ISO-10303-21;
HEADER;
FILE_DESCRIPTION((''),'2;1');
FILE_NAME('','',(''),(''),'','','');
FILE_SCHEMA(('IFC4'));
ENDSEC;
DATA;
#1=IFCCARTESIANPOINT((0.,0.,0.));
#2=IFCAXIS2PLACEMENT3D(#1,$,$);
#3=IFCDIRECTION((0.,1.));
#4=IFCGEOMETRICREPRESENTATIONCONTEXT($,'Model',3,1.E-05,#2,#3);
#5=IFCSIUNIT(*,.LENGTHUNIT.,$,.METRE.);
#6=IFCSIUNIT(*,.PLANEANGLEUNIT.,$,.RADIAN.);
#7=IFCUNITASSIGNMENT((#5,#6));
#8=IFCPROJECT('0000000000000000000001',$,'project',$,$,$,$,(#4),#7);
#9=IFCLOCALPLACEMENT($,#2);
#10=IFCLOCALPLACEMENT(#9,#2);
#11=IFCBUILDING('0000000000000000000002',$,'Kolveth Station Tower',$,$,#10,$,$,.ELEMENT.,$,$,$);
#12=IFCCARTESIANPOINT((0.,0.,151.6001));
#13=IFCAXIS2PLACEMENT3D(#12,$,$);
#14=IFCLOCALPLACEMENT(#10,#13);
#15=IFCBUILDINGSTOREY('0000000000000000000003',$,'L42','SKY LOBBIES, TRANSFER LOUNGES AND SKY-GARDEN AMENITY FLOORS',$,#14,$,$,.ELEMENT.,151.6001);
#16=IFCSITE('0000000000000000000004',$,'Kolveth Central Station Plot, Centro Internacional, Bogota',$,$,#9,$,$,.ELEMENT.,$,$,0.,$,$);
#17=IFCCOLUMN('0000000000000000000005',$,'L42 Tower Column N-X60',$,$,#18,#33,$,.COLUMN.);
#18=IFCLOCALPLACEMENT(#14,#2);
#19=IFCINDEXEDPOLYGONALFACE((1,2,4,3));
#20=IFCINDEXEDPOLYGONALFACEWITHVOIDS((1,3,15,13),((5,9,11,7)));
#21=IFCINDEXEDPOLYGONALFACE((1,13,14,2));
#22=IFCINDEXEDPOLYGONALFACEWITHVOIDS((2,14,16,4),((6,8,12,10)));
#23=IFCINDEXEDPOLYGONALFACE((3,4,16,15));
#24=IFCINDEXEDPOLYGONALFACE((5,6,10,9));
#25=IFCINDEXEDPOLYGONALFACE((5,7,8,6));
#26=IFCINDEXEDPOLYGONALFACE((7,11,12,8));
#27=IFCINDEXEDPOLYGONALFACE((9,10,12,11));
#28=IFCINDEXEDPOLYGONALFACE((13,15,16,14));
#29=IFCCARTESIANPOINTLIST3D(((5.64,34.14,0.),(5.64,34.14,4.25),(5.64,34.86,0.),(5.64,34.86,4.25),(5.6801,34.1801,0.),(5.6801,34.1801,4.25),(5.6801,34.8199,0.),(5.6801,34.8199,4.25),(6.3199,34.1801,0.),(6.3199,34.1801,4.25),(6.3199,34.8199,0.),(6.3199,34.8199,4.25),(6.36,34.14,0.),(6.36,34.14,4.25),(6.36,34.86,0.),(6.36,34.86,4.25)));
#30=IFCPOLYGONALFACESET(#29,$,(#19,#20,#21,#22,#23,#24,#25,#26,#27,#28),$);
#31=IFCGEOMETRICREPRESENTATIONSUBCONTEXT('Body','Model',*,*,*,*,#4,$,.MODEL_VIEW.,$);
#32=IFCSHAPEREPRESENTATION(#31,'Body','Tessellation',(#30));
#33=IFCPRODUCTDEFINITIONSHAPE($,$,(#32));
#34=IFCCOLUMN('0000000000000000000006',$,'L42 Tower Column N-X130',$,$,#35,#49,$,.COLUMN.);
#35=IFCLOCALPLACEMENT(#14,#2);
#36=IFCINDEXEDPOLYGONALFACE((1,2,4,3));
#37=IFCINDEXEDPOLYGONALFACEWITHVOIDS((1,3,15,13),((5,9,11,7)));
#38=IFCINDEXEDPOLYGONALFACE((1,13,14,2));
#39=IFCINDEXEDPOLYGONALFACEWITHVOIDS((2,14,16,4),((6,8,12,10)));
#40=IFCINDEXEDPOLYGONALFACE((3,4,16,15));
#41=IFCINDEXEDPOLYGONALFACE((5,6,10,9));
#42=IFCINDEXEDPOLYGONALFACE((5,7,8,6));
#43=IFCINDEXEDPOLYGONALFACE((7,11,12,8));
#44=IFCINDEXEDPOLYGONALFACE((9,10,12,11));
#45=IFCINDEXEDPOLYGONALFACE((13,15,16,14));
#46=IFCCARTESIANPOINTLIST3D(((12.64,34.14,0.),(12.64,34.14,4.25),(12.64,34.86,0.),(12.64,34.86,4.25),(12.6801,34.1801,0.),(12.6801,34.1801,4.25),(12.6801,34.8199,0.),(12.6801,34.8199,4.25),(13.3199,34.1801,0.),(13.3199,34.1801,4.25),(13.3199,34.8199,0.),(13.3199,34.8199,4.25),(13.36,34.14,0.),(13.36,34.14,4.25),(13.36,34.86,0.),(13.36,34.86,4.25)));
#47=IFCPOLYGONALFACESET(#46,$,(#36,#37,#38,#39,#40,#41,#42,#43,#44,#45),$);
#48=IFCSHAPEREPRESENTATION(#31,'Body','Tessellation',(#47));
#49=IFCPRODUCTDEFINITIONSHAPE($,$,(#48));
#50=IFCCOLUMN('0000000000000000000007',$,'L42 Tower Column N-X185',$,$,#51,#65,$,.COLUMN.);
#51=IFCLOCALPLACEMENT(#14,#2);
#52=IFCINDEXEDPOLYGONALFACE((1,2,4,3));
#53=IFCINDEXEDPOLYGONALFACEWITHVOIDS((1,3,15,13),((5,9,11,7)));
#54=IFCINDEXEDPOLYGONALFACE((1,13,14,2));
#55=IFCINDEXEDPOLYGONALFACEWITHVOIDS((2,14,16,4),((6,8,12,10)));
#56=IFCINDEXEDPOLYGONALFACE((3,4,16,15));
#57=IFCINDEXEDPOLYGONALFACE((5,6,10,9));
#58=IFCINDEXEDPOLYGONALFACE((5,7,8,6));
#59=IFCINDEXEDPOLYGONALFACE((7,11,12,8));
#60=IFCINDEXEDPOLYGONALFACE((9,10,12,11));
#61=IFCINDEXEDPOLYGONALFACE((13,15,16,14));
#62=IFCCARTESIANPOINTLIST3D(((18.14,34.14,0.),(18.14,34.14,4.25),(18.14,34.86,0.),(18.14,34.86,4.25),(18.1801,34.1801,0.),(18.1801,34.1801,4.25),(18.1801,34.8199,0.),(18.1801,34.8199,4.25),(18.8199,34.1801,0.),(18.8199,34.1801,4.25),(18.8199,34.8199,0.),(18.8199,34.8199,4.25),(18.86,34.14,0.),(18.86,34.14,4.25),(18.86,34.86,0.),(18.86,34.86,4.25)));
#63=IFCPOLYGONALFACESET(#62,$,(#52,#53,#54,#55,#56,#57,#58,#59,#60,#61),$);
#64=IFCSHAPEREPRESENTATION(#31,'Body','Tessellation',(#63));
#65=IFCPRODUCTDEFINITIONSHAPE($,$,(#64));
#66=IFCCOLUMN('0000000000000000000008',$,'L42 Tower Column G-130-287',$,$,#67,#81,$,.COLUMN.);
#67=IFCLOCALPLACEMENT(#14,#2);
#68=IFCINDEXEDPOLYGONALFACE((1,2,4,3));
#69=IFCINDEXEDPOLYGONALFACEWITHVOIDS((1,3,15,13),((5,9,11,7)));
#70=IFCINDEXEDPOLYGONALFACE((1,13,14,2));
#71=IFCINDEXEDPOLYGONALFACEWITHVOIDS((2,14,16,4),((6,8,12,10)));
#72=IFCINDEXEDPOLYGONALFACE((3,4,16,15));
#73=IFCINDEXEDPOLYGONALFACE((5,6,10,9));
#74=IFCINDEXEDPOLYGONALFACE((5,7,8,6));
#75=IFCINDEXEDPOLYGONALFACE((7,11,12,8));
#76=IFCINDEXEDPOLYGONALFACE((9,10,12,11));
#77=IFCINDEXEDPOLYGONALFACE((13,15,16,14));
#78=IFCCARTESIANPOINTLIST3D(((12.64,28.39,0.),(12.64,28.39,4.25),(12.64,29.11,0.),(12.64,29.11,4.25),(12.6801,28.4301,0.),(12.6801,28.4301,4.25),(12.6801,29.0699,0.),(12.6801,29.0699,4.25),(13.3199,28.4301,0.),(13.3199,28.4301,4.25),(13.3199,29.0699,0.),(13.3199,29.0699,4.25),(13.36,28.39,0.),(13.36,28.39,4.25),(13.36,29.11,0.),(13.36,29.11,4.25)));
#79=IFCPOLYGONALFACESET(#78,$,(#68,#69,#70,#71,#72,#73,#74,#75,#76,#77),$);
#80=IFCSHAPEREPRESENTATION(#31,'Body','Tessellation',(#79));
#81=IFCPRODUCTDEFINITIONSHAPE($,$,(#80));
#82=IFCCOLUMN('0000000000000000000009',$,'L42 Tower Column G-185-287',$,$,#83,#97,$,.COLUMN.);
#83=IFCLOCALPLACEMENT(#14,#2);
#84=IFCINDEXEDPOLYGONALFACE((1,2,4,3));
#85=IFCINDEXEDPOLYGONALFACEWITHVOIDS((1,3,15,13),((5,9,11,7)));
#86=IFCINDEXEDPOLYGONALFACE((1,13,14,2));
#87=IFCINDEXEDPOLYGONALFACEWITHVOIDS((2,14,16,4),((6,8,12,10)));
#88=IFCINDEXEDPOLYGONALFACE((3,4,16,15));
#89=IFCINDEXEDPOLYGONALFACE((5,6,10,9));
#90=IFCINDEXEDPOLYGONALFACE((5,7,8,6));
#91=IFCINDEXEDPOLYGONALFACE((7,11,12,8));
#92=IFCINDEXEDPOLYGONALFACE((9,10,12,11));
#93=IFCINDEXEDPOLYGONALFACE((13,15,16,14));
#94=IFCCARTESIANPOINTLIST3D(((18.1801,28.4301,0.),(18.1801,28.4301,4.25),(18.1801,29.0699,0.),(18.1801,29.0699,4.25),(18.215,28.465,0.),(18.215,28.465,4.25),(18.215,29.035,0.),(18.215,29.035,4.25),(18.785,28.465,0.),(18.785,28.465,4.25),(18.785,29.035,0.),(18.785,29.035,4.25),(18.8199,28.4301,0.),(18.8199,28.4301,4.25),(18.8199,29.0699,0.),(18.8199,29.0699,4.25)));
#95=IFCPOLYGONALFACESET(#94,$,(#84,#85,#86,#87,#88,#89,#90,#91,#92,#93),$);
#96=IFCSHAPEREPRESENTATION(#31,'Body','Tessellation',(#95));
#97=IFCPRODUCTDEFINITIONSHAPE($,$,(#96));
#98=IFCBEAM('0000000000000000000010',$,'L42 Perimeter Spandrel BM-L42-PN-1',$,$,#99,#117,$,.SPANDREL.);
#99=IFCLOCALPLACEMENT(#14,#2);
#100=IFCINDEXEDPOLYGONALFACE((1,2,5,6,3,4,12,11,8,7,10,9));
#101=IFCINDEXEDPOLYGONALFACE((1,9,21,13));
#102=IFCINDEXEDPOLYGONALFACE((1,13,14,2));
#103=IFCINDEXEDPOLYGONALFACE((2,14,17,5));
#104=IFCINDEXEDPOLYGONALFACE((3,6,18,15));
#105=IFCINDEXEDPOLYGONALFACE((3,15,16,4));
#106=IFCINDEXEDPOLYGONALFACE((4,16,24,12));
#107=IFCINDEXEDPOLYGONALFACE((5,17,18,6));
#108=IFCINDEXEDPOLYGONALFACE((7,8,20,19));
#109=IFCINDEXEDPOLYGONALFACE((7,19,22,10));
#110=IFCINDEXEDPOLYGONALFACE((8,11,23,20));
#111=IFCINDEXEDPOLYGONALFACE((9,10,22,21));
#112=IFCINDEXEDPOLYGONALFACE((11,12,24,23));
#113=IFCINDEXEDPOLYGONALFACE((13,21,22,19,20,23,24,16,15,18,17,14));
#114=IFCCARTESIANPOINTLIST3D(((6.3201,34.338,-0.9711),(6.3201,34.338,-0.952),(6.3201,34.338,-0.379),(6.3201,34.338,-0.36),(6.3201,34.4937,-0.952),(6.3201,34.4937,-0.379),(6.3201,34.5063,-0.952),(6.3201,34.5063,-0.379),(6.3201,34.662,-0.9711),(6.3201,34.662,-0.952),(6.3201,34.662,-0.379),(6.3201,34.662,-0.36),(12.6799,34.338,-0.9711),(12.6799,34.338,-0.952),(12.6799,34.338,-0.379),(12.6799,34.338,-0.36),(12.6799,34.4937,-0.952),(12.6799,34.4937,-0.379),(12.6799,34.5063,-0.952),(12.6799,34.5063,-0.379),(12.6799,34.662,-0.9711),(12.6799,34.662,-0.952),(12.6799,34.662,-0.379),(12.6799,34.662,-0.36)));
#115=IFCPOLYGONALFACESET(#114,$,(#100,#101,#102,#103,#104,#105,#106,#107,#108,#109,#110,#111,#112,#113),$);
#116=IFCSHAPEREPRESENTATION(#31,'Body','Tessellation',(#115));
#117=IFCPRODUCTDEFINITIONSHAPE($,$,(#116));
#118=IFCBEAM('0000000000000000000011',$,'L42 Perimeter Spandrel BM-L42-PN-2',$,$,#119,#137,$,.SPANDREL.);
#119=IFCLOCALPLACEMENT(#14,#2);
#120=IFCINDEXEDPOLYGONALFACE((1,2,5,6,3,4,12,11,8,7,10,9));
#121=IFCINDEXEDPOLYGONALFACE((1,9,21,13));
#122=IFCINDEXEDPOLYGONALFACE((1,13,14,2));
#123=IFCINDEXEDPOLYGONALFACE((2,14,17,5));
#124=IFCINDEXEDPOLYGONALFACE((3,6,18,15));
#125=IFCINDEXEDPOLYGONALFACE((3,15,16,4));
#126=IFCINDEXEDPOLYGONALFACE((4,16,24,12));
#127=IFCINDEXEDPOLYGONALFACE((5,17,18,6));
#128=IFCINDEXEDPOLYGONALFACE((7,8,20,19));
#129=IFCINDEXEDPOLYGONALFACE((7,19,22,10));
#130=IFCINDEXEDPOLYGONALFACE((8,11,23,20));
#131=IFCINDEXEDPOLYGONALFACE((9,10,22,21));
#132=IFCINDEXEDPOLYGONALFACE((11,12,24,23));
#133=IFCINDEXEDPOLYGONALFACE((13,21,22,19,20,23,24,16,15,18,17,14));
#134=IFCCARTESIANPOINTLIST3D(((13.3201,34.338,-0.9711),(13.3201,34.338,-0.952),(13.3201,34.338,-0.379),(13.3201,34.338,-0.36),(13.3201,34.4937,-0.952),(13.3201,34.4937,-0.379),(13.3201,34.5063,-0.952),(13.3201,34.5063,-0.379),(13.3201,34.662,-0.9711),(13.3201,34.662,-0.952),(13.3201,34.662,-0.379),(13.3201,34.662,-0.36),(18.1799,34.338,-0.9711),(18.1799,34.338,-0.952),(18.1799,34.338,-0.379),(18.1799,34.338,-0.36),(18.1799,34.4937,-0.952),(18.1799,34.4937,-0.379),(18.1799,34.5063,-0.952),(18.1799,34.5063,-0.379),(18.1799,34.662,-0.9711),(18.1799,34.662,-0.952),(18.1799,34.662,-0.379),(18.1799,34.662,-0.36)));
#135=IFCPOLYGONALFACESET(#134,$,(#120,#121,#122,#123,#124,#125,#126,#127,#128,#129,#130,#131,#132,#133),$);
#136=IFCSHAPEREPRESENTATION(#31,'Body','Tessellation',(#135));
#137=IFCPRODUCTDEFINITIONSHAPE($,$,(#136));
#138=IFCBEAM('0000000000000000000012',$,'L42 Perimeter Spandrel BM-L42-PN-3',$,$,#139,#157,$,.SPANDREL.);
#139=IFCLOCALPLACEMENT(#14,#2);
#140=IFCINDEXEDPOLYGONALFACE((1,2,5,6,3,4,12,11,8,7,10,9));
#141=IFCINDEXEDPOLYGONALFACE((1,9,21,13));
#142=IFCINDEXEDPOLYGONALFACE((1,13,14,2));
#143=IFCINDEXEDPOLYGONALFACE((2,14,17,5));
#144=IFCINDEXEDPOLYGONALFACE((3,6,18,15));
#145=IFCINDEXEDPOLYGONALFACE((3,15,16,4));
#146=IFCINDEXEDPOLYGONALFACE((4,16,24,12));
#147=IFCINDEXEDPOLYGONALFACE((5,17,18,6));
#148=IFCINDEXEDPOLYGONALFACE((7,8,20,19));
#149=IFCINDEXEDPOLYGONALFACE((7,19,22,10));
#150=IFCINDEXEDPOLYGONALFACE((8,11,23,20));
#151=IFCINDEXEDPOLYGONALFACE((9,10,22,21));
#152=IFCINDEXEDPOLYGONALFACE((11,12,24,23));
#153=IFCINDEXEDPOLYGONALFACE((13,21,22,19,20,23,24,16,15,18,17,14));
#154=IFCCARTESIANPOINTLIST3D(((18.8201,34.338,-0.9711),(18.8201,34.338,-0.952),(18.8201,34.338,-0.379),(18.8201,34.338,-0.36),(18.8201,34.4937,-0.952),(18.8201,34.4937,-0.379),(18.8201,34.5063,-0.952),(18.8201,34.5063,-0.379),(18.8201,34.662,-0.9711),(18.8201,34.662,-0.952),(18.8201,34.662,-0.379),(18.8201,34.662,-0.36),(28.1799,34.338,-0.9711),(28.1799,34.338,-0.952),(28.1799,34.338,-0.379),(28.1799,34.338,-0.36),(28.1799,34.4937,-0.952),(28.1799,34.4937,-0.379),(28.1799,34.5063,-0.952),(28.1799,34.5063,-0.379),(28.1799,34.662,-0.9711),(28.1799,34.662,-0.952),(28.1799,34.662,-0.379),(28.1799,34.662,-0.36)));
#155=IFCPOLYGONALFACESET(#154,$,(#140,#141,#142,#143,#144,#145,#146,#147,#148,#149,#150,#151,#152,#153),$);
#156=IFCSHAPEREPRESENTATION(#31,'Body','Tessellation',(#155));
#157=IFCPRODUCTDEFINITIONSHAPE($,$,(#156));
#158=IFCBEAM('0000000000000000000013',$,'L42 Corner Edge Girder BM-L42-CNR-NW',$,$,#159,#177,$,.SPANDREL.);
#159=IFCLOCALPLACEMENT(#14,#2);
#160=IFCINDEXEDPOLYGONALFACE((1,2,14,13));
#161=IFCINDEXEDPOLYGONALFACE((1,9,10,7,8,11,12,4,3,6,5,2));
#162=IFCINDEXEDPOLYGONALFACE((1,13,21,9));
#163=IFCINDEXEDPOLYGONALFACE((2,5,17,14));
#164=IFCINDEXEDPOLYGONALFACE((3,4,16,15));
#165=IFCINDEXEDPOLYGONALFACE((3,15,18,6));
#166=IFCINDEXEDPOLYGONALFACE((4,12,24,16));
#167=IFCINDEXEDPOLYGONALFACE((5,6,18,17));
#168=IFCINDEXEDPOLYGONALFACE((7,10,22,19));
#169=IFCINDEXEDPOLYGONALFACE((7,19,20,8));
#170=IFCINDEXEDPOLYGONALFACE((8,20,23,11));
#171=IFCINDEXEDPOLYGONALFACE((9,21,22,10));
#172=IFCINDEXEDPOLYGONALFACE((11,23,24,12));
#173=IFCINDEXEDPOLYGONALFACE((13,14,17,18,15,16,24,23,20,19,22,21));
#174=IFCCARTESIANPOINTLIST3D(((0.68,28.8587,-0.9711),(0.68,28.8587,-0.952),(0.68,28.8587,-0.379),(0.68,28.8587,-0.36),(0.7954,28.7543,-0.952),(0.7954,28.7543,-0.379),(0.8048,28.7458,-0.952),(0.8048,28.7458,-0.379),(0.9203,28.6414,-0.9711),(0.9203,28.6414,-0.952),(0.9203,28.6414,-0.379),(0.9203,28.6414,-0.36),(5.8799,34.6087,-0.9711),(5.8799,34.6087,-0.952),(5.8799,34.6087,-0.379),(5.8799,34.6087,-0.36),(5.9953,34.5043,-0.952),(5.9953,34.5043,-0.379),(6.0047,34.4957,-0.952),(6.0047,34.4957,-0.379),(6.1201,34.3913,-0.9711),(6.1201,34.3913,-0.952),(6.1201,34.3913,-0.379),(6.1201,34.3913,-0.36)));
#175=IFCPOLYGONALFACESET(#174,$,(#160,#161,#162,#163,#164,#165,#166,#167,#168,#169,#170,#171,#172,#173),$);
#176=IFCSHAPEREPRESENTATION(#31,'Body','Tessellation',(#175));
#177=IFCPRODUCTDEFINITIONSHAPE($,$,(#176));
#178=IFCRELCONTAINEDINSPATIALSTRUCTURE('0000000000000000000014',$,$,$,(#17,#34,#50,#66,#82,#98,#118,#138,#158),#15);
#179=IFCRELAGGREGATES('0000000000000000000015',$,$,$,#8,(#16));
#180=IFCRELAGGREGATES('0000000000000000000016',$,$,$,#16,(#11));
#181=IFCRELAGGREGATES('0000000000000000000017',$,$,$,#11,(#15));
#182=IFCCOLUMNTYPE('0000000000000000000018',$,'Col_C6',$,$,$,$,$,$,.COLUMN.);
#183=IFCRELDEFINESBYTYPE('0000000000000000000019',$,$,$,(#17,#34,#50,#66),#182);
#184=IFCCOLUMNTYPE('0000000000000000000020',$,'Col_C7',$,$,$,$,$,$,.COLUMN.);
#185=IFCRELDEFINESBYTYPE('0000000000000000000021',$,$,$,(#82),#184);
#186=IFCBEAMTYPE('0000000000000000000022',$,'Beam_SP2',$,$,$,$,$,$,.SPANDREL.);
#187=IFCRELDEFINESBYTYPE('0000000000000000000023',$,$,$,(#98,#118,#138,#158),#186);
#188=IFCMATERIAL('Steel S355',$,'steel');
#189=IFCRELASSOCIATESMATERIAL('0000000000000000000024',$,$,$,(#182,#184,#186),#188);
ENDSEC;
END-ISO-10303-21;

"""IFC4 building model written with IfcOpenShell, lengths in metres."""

from ifc_helpers import new_model, si_unit, direction, frame, origin, origin_2d, place, context, subcontext, project, spatial, hollow_rectangle, i_section, extrude, source, transform, mapped, material, material_profile, profile_set, type_object, element, save


model = new_model("IFC4")

# Units and contexts
model_context = context("Model", 3, precision=1e-05, world=origin(), true_north=direction((0.0, 1.0)))
body_context = subcontext(model_context, "Body", "Model", "MODEL_VIEW")
ifc_project = project(units=[si_unit("LENGTHUNIT", "METRE"), si_unit("PLANEANGLEUNIT", "RADIAN")], contexts=[model_context])

# Site, building, storey
site_placement = place(None, origin())
site = spatial("IfcSite", under=ifc_project, at=site_placement, Name="Kolveth Central Station Plot, Centro Internacional, Bogota", CompositionType="ELEMENT", RefElevation=0.0)
building_placement = place(site_placement, origin())
building = spatial("IfcBuilding", under=site, at=building_placement, Name="Kolveth Station Tower", CompositionType="ELEMENT")
storey_placement = place(building_placement, frame((0.0, 0.0, 151.6001)))
storey = spatial("IfcBuildingStorey", under=building, at=storey_placement, Name="L42", Description="SKY LOBBIES, TRANSFER LOUNGES AND SKY-GARDEN AMENITY FLOORS", CompositionType="ELEMENT", Elevation=151.6001)

# Columns
ifc_material_1 = material(Name="Steel S355", Category="steel")
ifc_material_profile_1 = material_profile(ifc_material_1, hollow_rectangle(XDim=0.72, YDim=0.72, WallThickness=0.04, at=origin_2d()), Name="BOX720x720x40")
ifc_profile_set_1 = profile_set([ifc_material_profile_1], Name="Steel S355")
column_type_1 = type_object("IfcColumnType", Name="Col_C6", PredefinedType="COLUMN", material=ifc_profile_set_1)
shared_shape_1 = source(origin(), body_context, "Body", "SweptSolid", [
    extrude(hollow_rectangle(XDim=0.72, YDim=0.72, WallThickness=0.04, at=origin_2d()), origin(), (0.0, 0.0, 1.0), 4.25),
])
for number, where, z_axis, x_axis, name in (
    (1, (6.0, 34.5, 0.0), (0.0, 0.0, 1.0), (1.0, 0.0, 0.0), "L42 Tower Column N-X60"),
    (2, (13.0, 34.5, 0.0), (0.0, 0.0, 1.0), (1.0, 0.0, 0.0), "L42 Tower Column N-X130"),
    (3, (18.5, 34.5, 0.0), (0.0, 0.0, 1.0), (1.0, 0.0, 0.0), "L42 Tower Column N-X185"),
    (4, (13.0, 28.75, 0.0), (0.0, 0.0, 1.0), (1.0, 0.0, 0.0), "L42 Tower Column G-130-287"),
):
    element("IfcColumn", number, at=place(storey_placement, frame(where, z_axis=z_axis, x_axis=x_axis)), inside=storey, type_object=column_type_1, Name=name, PredefinedType="COLUMN", context=body_context, shape_type="MappedRepresentation", body=[
        mapped(shared_shape_1, transform((0.0, 0.0, 0.0), x_axis=(1.0, 0.0, 0.0), y_axis=(0.0, 1.0, 0.0), z_axis=(0.0, 0.0, 1.0), scale=1.0)),
    ])
ifc_material_profile_2 = material_profile(ifc_material_1, hollow_rectangle(XDim=0.6399, YDim=0.6399, WallThickness=0.0349, at=origin_2d()), Name="BOX640x640x35")
ifc_profile_set_2 = profile_set([ifc_material_profile_2], Name="Steel S355")
column_type_2 = type_object("IfcColumnType", Name="Col_C7", PredefinedType="COLUMN", material=ifc_profile_set_2)
shared_shape_2 = source(origin(), body_context, "Body", "SweptSolid", [
    extrude(hollow_rectangle(XDim=0.6399, YDim=0.6399, WallThickness=0.0349, at=origin_2d()), origin(), (0.0, 0.0, 1.0), 4.25),
])
column_placement = place(storey_placement, frame((18.5, 28.75, 0.0), z_axis=(0.0, 0.0, 1.0), x_axis=(1.0, 0.0, 0.0)))
element("IfcColumn", 5, at=column_placement, inside=storey, type_object=column_type_2, Name="L42 Tower Column G-185-287", PredefinedType="COLUMN", context=body_context, shape_type="MappedRepresentation", body=[
    mapped(shared_shape_2, transform((0.0, 0.0, 0.0), x_axis=(1.0, 0.0, 0.0), y_axis=(0.0, 1.0, 0.0), z_axis=(0.0, 0.0, 1.0), scale=1.0)),
])

# Beams
ifc_material_profile_3 = material_profile(ifc_material_1, i_section(OverallWidth=0.324, OverallDepth=0.6111, WebThickness=0.0127, FlangeThickness=0.019, at=origin_2d()), Name="W610x155")
ifc_profile_set_3 = profile_set([ifc_material_profile_3], Name="Steel S355")
beam_type_1 = type_object("IfcBeamType", Name="Beam_SP2", PredefinedType="SPANDREL", material=ifc_profile_set_3)
shared_shape_3 = source(origin(), body_context, "Body", "SweptSolid", [
    extrude(i_section(OverallWidth=0.324, OverallDepth=0.6111, WebThickness=0.0127, FlangeThickness=0.019, at=origin_2d()), origin(), (0.0, 0.0, 1.0), 6.3599),
])
beam_1_placement = place(storey_placement, frame((6.3201, 34.5, -0.6655), z_axis=(1.0, 0.0, 0.0), x_axis=(0.0, 1.0, 0.0)))
element("IfcBeam", 6, at=beam_1_placement, inside=storey, type_object=beam_type_1, Name="L42 Perimeter Spandrel BM-L42-PN-1", PredefinedType="SPANDREL", context=body_context, shape_type="MappedRepresentation", body=[
    mapped(shared_shape_3, transform((0.0, 0.0, 0.0), x_axis=(1.0, 0.0, 0.0), y_axis=(0.0, 1.0, 0.0), z_axis=(0.0, 0.0, 1.0), scale=1.0)),
])
shared_shape_4 = source(origin(), body_context, "Body", "SweptSolid", [
    extrude(i_section(OverallWidth=0.324, OverallDepth=0.6111, WebThickness=0.0127, FlangeThickness=0.019, at=origin_2d()), origin(), (0.0, 0.0, 1.0), 4.8599),
])
beam_2_placement = place(storey_placement, frame((13.3201, 34.5, -0.6655), z_axis=(1.0, 0.0, 0.0), x_axis=(0.0, 1.0, 0.0)))
element("IfcBeam", 7, at=beam_2_placement, inside=storey, type_object=beam_type_1, Name="L42 Perimeter Spandrel BM-L42-PN-2", PredefinedType="SPANDREL", context=body_context, shape_type="MappedRepresentation", body=[
    mapped(shared_shape_4, transform((0.0, 0.0, 0.0), x_axis=(1.0, 0.0, 0.0), y_axis=(0.0, 1.0, 0.0), z_axis=(0.0, 0.0, 1.0), scale=1.0)),
])
shared_shape_5 = source(origin(), body_context, "Body", "SweptSolid", [
    extrude(i_section(OverallWidth=0.324, OverallDepth=0.6111, WebThickness=0.0127, FlangeThickness=0.019, at=origin_2d()), origin(), (0.0, 0.0, 1.0), 9.3599),
])
beam_3_placement = place(storey_placement, frame((18.8201, 34.5, -0.6655), z_axis=(1.0, 0.0, 0.0), x_axis=(0.0, 1.0, 0.0)))
element("IfcBeam", 8, at=beam_3_placement, inside=storey, type_object=beam_type_1, Name="L42 Perimeter Spandrel BM-L42-PN-3", PredefinedType="SPANDREL", context=body_context, shape_type="MappedRepresentation", body=[
    mapped(shared_shape_5, transform((0.0, 0.0, 0.0), x_axis=(1.0, 0.0, 0.0), y_axis=(0.0, 1.0, 0.0), z_axis=(0.0, 0.0, 1.0), scale=1.0)),
])
shared_shape_6 = source(origin(), body_context, "Body", "SweptSolid", [
    extrude(i_section(OverallWidth=0.324, OverallDepth=0.6111, WebThickness=0.0127, FlangeThickness=0.019, at=origin_2d()), origin(), (0.0, 0.0, 1.0), 7.7524),
])
beam_4_placement = place(storey_placement, frame((6.0, 34.5, -0.6655), z_axis=(-0.670741, -0.741692, 0.0), x_axis=(0.741692, -0.670741, 0.0)))
element("IfcBeam", 9, at=beam_4_placement, inside=storey, type_object=beam_type_1, Name="L42 Corner Edge Girder BM-L42-CNR-NW", PredefinedType="SPANDREL", context=body_context, shape_type="MappedRepresentation", body=[
    mapped(shared_shape_6, transform((0.0, 0.0, 0.0), x_axis=(1.0, 0.0, 0.0), y_axis=(0.0, 1.0, 0.0), z_axis=(0.0, 0.0, 1.0), scale=1.0)),
])

save(model, "model.ifc")
